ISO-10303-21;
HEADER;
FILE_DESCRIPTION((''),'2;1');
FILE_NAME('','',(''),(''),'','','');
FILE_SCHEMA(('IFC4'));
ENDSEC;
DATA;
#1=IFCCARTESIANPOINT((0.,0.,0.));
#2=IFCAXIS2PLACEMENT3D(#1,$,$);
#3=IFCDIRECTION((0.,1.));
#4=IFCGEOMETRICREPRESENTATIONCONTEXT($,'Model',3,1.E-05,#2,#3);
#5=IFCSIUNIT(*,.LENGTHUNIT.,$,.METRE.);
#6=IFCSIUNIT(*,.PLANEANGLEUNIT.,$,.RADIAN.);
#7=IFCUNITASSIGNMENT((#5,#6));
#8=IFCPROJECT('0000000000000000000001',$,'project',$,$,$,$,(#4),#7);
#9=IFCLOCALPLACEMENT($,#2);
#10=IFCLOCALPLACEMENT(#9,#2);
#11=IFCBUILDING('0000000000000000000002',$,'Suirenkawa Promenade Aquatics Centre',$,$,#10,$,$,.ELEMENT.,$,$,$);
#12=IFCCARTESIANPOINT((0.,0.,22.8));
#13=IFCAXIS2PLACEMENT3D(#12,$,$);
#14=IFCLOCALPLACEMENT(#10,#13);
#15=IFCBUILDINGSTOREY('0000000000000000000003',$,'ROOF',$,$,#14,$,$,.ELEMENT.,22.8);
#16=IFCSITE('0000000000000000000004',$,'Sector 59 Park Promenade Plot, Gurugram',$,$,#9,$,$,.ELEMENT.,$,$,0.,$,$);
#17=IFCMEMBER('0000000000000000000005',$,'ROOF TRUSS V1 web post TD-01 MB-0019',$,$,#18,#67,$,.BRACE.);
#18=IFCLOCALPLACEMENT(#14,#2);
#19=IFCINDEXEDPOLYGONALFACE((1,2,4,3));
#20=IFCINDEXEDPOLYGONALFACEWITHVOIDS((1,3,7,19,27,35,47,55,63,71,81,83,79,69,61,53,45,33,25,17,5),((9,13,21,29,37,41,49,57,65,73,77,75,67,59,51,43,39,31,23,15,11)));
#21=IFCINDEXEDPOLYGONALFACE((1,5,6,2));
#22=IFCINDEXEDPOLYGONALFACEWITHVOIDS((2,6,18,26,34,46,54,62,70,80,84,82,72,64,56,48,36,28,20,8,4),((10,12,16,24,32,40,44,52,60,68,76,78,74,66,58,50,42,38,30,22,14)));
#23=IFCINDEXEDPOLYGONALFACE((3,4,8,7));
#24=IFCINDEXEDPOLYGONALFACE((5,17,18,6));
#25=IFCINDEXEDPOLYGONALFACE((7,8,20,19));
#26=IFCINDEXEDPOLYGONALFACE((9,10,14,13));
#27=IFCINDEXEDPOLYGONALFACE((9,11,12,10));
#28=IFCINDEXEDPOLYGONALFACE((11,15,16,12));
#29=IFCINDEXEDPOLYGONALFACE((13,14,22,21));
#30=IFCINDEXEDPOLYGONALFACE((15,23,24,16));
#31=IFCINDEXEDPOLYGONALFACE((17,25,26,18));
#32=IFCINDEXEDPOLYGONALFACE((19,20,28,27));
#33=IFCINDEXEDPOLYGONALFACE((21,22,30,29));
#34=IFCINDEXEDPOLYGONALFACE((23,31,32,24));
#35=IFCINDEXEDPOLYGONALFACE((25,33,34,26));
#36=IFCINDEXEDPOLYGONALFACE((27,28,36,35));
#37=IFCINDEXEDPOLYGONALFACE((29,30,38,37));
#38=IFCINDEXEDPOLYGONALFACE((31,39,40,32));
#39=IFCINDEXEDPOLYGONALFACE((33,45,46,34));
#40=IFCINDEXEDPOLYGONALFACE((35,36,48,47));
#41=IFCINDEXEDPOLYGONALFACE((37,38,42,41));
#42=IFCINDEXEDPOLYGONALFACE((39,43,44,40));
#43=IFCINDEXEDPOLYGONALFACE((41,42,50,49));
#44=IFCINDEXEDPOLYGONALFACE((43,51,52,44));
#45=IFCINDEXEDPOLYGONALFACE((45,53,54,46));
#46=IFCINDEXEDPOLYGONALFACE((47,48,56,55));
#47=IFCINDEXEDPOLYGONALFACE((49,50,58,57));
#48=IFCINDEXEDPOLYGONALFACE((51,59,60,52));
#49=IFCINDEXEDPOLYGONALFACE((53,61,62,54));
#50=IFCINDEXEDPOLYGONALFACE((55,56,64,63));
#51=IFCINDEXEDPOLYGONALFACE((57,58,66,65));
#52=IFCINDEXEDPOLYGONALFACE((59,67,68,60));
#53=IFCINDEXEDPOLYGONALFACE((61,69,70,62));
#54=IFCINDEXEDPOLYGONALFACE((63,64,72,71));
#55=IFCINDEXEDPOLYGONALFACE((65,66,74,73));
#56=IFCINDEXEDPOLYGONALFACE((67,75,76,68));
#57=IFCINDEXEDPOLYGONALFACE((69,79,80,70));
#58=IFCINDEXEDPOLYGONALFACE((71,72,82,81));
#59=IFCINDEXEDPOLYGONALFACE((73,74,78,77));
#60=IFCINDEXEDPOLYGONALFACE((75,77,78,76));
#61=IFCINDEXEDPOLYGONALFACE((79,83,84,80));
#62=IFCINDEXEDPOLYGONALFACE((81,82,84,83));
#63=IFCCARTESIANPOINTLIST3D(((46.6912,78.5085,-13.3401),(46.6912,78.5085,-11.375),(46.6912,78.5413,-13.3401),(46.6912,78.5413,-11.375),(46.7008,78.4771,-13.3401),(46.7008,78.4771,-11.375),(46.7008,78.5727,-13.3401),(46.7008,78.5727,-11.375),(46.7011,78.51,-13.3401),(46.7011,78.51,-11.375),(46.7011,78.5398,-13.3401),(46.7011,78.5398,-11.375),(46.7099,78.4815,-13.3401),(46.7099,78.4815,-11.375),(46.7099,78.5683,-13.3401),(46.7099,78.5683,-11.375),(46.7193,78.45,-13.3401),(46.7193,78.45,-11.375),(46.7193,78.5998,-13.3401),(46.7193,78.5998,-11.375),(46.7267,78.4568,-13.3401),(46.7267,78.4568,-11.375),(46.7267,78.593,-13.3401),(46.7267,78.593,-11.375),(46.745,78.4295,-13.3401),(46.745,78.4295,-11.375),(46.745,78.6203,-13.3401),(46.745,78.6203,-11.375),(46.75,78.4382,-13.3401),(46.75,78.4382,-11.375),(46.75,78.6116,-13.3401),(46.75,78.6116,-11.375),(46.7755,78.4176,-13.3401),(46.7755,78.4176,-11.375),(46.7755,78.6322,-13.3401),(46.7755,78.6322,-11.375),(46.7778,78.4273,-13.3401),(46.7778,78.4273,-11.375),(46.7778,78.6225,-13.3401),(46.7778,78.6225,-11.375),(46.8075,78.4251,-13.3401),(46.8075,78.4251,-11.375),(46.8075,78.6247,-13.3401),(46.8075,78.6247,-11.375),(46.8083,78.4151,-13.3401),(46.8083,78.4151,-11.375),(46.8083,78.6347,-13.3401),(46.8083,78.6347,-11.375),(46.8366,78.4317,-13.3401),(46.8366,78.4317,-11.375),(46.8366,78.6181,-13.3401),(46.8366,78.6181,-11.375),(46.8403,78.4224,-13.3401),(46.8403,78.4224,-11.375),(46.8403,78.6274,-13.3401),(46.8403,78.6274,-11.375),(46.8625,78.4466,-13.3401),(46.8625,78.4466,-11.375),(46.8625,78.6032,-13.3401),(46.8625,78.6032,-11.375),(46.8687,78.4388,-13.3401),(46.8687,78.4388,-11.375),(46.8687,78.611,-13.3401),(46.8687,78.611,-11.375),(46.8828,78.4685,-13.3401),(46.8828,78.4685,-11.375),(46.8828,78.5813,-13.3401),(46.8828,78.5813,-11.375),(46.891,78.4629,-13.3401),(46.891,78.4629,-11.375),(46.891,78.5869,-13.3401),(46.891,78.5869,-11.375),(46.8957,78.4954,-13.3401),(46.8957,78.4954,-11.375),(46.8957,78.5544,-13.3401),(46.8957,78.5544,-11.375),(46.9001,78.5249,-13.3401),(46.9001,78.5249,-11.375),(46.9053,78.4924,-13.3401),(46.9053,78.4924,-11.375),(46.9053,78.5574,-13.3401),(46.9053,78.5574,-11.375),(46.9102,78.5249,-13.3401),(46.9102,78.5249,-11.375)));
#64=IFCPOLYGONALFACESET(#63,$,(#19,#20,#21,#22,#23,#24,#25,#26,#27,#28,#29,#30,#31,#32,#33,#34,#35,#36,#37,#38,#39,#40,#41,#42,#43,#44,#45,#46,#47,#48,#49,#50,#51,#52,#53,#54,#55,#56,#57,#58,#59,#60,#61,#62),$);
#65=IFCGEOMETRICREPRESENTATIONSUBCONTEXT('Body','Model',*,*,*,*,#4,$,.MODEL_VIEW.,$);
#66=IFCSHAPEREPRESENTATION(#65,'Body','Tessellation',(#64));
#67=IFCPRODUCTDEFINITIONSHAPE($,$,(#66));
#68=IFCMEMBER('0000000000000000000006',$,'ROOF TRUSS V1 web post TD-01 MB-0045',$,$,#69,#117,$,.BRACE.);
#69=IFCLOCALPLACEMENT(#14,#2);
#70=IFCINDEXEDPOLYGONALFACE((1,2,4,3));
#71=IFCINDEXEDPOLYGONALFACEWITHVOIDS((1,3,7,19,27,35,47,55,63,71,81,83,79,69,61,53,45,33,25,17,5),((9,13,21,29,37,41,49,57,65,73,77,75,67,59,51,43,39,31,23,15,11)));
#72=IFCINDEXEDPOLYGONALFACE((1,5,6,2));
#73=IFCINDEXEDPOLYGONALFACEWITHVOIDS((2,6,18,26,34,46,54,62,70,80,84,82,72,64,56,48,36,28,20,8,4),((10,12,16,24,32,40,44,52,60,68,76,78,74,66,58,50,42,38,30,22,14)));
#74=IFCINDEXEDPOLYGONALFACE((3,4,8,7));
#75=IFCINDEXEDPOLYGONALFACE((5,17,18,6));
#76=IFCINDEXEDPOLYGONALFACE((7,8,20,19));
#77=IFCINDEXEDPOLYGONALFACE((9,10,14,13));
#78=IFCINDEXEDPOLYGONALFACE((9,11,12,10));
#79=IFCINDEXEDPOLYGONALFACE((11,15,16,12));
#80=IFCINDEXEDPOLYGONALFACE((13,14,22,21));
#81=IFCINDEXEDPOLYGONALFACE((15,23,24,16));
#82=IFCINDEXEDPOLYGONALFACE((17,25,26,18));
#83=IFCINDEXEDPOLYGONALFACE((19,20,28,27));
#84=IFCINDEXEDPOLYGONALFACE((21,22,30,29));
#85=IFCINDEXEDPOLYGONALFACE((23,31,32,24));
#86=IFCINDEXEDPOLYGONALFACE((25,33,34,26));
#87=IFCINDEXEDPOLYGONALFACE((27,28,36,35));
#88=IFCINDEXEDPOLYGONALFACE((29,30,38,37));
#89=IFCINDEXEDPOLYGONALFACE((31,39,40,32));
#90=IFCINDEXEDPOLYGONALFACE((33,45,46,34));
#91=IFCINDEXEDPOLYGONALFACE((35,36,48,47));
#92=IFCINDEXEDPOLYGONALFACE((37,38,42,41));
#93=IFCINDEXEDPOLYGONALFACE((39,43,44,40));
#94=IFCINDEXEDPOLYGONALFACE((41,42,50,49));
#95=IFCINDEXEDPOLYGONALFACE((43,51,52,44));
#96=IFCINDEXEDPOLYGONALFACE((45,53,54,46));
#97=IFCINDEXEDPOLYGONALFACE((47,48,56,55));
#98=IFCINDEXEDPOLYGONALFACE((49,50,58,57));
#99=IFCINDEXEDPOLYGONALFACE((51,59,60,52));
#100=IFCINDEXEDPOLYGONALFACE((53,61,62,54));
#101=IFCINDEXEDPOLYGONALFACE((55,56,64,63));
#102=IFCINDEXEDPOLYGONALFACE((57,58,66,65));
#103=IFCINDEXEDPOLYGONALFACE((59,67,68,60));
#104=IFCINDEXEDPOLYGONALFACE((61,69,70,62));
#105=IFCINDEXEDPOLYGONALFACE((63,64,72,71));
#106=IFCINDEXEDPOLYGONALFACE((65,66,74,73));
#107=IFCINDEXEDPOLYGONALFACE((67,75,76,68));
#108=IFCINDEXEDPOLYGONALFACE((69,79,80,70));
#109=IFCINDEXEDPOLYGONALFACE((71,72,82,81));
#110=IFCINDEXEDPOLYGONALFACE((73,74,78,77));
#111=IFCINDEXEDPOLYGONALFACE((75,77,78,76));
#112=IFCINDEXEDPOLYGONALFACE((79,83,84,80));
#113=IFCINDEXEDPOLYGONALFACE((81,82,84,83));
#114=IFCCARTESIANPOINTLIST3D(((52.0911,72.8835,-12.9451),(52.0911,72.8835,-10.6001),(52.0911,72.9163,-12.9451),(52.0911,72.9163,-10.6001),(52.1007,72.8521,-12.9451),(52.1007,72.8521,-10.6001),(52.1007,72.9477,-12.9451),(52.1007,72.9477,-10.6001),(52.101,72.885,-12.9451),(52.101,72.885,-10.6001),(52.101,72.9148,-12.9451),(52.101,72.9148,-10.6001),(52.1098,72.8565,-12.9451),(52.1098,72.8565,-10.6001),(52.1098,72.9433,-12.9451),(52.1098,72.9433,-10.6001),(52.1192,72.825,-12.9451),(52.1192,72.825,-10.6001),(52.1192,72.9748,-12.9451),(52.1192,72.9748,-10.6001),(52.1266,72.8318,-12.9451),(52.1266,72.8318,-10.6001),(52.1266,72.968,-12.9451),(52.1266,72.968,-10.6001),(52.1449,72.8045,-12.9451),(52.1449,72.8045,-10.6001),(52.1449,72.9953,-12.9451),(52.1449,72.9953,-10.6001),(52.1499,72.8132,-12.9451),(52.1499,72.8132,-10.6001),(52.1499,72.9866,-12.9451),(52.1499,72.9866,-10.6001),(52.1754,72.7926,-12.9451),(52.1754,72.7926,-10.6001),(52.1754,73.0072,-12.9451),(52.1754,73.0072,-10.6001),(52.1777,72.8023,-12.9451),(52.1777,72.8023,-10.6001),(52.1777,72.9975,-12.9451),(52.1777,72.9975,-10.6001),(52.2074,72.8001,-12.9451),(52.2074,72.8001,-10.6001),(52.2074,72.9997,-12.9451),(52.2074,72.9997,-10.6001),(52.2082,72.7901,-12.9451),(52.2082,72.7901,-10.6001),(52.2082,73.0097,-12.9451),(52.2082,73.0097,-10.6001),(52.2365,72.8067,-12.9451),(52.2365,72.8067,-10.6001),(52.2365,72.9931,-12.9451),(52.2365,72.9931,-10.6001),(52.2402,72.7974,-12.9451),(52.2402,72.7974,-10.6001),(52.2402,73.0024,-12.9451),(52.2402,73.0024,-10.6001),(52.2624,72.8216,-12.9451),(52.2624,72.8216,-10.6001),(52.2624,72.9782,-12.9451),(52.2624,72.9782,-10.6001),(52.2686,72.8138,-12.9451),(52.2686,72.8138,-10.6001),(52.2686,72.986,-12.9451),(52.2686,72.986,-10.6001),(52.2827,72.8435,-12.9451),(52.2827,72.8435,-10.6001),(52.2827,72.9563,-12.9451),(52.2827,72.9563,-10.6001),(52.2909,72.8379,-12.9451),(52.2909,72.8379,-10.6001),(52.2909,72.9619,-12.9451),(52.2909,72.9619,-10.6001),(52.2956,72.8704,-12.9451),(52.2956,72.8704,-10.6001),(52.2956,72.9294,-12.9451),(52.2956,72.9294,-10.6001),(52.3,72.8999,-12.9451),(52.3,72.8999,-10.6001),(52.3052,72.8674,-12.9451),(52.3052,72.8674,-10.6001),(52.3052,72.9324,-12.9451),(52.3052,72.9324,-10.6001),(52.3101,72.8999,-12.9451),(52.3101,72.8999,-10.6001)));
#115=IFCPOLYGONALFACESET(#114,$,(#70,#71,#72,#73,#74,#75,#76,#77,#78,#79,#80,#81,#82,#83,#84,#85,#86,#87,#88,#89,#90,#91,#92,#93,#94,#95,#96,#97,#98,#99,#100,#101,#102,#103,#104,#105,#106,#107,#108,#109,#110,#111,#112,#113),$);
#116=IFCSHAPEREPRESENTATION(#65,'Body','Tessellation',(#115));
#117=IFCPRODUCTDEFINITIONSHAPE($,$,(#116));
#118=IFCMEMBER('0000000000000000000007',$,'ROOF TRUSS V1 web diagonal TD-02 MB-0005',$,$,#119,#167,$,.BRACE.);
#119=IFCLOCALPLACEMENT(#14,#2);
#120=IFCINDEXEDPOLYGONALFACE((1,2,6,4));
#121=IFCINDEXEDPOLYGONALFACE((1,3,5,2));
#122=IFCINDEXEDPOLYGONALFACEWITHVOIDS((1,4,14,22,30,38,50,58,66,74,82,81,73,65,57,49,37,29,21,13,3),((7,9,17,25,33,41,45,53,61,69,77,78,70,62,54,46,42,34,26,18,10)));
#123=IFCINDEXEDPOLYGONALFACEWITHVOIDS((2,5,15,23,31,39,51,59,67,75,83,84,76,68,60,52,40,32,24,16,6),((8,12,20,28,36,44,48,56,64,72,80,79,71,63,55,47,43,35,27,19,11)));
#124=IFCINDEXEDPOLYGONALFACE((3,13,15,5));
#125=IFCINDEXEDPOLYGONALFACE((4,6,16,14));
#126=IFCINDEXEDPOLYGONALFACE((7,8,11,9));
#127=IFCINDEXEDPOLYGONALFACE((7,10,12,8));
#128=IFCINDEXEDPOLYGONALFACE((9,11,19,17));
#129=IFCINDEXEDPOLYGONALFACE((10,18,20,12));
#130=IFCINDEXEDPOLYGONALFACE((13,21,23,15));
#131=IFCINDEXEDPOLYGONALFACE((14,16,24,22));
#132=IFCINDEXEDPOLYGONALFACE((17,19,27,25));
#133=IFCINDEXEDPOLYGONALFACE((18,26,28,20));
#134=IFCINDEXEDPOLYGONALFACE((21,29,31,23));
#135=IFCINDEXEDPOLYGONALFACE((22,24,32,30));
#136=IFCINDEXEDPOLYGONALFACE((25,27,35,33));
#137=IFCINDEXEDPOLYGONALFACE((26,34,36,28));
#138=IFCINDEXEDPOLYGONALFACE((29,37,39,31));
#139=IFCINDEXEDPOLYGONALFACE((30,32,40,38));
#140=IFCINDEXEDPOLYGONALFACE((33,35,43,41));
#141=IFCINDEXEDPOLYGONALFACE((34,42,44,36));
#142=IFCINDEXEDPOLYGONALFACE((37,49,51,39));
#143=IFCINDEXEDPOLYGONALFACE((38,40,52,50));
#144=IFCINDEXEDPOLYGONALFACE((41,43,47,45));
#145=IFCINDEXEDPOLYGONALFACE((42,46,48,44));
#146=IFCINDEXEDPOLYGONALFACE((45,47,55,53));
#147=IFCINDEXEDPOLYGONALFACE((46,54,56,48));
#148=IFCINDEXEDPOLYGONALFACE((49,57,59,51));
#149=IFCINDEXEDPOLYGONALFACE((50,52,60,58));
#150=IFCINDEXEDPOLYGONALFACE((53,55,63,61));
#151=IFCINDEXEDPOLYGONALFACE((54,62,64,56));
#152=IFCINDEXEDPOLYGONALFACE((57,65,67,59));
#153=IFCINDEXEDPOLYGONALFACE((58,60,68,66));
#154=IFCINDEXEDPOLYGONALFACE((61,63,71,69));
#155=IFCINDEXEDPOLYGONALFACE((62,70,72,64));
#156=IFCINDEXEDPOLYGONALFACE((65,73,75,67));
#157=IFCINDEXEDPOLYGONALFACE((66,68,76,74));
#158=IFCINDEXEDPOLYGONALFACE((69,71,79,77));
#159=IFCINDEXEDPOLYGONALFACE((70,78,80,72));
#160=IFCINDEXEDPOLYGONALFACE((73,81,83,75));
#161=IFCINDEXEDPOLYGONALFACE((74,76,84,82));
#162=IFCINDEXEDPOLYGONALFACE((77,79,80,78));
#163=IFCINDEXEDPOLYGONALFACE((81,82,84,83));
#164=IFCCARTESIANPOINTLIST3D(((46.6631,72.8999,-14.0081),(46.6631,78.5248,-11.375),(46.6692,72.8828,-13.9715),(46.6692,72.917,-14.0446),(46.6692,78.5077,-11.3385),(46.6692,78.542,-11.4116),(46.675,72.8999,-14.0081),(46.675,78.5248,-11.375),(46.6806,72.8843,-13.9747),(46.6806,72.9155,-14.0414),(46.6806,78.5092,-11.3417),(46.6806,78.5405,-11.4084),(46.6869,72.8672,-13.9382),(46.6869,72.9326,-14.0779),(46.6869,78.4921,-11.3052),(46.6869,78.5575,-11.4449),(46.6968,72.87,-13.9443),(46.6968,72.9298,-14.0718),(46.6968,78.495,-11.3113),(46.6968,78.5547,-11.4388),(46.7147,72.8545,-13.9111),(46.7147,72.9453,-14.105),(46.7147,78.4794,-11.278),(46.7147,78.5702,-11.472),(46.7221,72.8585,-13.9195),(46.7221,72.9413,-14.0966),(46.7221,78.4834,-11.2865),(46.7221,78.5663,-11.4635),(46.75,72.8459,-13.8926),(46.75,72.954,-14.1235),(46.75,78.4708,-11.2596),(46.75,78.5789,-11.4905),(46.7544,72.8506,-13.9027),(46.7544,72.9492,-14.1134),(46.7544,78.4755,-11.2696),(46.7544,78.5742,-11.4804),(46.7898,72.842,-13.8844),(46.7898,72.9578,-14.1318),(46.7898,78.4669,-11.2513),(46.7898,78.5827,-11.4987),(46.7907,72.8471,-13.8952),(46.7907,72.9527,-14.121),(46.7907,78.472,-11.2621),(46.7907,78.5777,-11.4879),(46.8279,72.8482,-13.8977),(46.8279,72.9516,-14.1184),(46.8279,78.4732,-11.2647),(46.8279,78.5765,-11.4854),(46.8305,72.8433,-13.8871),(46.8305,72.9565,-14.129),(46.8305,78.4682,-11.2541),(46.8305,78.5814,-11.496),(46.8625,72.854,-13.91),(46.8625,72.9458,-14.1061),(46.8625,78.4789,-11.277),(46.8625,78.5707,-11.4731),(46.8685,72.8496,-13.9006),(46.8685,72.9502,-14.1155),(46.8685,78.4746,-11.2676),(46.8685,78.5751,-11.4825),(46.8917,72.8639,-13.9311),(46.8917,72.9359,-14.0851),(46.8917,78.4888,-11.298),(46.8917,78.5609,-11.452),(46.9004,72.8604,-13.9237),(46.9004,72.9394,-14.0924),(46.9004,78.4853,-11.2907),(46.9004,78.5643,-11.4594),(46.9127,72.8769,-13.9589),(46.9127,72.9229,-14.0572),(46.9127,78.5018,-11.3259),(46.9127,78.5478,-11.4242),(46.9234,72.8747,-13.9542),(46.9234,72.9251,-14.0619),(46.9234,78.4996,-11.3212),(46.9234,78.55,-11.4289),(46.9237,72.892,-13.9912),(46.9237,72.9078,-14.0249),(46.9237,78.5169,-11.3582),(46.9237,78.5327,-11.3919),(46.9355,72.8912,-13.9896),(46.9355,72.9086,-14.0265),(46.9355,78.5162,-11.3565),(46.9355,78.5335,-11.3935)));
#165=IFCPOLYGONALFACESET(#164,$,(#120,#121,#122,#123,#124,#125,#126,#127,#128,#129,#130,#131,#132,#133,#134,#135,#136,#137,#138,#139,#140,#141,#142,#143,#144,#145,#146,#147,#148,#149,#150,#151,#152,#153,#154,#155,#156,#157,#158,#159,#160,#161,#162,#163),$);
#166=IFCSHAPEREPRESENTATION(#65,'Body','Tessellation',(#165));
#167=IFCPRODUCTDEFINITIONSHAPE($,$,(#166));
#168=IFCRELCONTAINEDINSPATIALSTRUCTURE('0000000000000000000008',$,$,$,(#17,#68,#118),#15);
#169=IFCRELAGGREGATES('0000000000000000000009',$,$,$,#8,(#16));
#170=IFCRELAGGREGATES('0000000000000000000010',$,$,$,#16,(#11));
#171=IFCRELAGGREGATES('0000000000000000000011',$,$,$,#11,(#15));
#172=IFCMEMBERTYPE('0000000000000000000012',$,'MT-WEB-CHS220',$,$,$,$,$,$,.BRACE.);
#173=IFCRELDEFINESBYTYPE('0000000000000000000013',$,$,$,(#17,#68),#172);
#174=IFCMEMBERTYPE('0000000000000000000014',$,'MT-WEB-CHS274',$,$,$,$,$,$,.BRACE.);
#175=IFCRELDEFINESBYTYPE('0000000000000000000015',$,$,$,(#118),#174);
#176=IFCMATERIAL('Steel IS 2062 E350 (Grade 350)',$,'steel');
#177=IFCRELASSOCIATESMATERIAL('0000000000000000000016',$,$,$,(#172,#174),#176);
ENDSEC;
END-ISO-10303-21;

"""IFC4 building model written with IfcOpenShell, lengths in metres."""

from ifc_helpers import new_model, si_unit, direction, frame, origin, origin_2d, place, context, subcontext, project, spatial, hollow_circle, extrude, material, material_profile, profile_set, type_object, element, save


model = new_model("IFC4")

# Units and contexts
model_context = context("Model", 3, precision=1e-05, world=origin(), true_north=direction((0.0, 1.0)))
body_context = subcontext(model_context, "Body", "Model", "MODEL_VIEW")
ifc_project = project(units=[si_unit("LENGTHUNIT", "METRE"), si_unit("PLANEANGLEUNIT", "RADIAN")], contexts=[model_context])

# Site, building, storey
site_placement = place(None, origin())
site = spatial("IfcSite", under=ifc_project, at=site_placement, Name="Sector 59 Park Promenade Plot, Gurugram", CompositionType="ELEMENT", RefElevation=0.0)
building_placement = place(site_placement, origin())
building = spatial("IfcBuilding", under=site, at=building_placement, Name="Suirenkawa Promenade Aquatics Centre", CompositionType="ELEMENT")
storey_placement = place(building_placement, frame((0.0, 0.0, 22.8)))
storey = spatial("IfcBuildingStorey", under=building, at=storey_placement, Name="ROOF", CompositionType="ELEMENT", Elevation=22.8)

# Shared definitions
ifc_material = material(Name="Steel IS 2062 E350 (Grade 350)", Category="steel")

# Members
ifc_material_profile_1 = material_profile(ifc_material, hollow_circle(Radius=0.1101, WallThickness=0.01, at=origin_2d()), Name="CHS 220x10", Category="steel")
ifc_profile_set_1 = profile_set([ifc_material_profile_1], Name="Steel IS 2062 E350 (Grade 350)")
member_type_1 = type_object("IfcMemberType", Name="MT-WEB-CHS220", PredefinedType="BRACE", material=ifc_profile_set_1)
member_1_placement = place(storey_placement, frame((46.8, 78.5249, -13.3401), z_axis=(0.0, 0.0, 1.0), x_axis=(1.0, 0.0, 0.0)))
element("IfcMember", 1, at=member_1_placement, inside=storey, type_object=member_type_1, Name="ROOF TRUSS V1 web post TD-01 MB-0019", PredefinedType="BRACE", context=body_context, shape_type="SweptSolid", body=[
    extrude(hollow_circle(Radius=0.1101, WallThickness=0.01, at=origin_2d()), origin(), (0.0, 0.0, 1.0), 1.9651),
])
member_2_placement = place(storey_placement, frame((52.2, 72.8999, -12.9451), z_axis=(0.0, 0.0, 1.0), x_axis=(1.0, 0.0, 0.0)))
element("IfcMember", 2, at=member_2_placement, inside=storey, type_object=member_type_1, Name="ROOF TRUSS V1 web post TD-01 MB-0045", PredefinedType="BRACE", context=body_context, shape_type="SweptSolid", body=[
    extrude(hollow_circle(Radius=0.1101, WallThickness=0.01, at=origin_2d()), origin(), (0.0, 0.0, 1.0), 2.345),
])
ifc_material_profile_2 = material_profile(ifc_material, hollow_circle(Radius=0.137, WallThickness=0.012, at=origin_2d()), Name="CHS 274x12", Category="steel")
ifc_profile_set_2 = profile_set([ifc_material_profile_2], Name="Steel IS 2062 E350 (Grade 350)")
member_type_2 = type_object("IfcMemberType", Name="MT-WEB-CHS274", PredefinedType="BRACE", material=ifc_profile_set_2)
member_3_placement = place(storey_placement, frame((46.8, 72.8999, -14.0081), z_axis=(0.0, 0.905685, 0.42395), x_axis=(-1.0, 0.0, 0.0)))
element("IfcMember", 3, at=member_3_placement, inside=storey, type_object=member_type_2, Name="ROOF TRUSS V1 web diagonal TD-02 MB-0005", PredefinedType="BRACE", context=body_context, shape_type="SweptSolid", body=[
    extrude(hollow_circle(Radius=0.137, WallThickness=0.012, at=origin_2d()), origin(), (0.0, 0.0, 1.0), 6.2107),
])

save(model, "model.ifc")
